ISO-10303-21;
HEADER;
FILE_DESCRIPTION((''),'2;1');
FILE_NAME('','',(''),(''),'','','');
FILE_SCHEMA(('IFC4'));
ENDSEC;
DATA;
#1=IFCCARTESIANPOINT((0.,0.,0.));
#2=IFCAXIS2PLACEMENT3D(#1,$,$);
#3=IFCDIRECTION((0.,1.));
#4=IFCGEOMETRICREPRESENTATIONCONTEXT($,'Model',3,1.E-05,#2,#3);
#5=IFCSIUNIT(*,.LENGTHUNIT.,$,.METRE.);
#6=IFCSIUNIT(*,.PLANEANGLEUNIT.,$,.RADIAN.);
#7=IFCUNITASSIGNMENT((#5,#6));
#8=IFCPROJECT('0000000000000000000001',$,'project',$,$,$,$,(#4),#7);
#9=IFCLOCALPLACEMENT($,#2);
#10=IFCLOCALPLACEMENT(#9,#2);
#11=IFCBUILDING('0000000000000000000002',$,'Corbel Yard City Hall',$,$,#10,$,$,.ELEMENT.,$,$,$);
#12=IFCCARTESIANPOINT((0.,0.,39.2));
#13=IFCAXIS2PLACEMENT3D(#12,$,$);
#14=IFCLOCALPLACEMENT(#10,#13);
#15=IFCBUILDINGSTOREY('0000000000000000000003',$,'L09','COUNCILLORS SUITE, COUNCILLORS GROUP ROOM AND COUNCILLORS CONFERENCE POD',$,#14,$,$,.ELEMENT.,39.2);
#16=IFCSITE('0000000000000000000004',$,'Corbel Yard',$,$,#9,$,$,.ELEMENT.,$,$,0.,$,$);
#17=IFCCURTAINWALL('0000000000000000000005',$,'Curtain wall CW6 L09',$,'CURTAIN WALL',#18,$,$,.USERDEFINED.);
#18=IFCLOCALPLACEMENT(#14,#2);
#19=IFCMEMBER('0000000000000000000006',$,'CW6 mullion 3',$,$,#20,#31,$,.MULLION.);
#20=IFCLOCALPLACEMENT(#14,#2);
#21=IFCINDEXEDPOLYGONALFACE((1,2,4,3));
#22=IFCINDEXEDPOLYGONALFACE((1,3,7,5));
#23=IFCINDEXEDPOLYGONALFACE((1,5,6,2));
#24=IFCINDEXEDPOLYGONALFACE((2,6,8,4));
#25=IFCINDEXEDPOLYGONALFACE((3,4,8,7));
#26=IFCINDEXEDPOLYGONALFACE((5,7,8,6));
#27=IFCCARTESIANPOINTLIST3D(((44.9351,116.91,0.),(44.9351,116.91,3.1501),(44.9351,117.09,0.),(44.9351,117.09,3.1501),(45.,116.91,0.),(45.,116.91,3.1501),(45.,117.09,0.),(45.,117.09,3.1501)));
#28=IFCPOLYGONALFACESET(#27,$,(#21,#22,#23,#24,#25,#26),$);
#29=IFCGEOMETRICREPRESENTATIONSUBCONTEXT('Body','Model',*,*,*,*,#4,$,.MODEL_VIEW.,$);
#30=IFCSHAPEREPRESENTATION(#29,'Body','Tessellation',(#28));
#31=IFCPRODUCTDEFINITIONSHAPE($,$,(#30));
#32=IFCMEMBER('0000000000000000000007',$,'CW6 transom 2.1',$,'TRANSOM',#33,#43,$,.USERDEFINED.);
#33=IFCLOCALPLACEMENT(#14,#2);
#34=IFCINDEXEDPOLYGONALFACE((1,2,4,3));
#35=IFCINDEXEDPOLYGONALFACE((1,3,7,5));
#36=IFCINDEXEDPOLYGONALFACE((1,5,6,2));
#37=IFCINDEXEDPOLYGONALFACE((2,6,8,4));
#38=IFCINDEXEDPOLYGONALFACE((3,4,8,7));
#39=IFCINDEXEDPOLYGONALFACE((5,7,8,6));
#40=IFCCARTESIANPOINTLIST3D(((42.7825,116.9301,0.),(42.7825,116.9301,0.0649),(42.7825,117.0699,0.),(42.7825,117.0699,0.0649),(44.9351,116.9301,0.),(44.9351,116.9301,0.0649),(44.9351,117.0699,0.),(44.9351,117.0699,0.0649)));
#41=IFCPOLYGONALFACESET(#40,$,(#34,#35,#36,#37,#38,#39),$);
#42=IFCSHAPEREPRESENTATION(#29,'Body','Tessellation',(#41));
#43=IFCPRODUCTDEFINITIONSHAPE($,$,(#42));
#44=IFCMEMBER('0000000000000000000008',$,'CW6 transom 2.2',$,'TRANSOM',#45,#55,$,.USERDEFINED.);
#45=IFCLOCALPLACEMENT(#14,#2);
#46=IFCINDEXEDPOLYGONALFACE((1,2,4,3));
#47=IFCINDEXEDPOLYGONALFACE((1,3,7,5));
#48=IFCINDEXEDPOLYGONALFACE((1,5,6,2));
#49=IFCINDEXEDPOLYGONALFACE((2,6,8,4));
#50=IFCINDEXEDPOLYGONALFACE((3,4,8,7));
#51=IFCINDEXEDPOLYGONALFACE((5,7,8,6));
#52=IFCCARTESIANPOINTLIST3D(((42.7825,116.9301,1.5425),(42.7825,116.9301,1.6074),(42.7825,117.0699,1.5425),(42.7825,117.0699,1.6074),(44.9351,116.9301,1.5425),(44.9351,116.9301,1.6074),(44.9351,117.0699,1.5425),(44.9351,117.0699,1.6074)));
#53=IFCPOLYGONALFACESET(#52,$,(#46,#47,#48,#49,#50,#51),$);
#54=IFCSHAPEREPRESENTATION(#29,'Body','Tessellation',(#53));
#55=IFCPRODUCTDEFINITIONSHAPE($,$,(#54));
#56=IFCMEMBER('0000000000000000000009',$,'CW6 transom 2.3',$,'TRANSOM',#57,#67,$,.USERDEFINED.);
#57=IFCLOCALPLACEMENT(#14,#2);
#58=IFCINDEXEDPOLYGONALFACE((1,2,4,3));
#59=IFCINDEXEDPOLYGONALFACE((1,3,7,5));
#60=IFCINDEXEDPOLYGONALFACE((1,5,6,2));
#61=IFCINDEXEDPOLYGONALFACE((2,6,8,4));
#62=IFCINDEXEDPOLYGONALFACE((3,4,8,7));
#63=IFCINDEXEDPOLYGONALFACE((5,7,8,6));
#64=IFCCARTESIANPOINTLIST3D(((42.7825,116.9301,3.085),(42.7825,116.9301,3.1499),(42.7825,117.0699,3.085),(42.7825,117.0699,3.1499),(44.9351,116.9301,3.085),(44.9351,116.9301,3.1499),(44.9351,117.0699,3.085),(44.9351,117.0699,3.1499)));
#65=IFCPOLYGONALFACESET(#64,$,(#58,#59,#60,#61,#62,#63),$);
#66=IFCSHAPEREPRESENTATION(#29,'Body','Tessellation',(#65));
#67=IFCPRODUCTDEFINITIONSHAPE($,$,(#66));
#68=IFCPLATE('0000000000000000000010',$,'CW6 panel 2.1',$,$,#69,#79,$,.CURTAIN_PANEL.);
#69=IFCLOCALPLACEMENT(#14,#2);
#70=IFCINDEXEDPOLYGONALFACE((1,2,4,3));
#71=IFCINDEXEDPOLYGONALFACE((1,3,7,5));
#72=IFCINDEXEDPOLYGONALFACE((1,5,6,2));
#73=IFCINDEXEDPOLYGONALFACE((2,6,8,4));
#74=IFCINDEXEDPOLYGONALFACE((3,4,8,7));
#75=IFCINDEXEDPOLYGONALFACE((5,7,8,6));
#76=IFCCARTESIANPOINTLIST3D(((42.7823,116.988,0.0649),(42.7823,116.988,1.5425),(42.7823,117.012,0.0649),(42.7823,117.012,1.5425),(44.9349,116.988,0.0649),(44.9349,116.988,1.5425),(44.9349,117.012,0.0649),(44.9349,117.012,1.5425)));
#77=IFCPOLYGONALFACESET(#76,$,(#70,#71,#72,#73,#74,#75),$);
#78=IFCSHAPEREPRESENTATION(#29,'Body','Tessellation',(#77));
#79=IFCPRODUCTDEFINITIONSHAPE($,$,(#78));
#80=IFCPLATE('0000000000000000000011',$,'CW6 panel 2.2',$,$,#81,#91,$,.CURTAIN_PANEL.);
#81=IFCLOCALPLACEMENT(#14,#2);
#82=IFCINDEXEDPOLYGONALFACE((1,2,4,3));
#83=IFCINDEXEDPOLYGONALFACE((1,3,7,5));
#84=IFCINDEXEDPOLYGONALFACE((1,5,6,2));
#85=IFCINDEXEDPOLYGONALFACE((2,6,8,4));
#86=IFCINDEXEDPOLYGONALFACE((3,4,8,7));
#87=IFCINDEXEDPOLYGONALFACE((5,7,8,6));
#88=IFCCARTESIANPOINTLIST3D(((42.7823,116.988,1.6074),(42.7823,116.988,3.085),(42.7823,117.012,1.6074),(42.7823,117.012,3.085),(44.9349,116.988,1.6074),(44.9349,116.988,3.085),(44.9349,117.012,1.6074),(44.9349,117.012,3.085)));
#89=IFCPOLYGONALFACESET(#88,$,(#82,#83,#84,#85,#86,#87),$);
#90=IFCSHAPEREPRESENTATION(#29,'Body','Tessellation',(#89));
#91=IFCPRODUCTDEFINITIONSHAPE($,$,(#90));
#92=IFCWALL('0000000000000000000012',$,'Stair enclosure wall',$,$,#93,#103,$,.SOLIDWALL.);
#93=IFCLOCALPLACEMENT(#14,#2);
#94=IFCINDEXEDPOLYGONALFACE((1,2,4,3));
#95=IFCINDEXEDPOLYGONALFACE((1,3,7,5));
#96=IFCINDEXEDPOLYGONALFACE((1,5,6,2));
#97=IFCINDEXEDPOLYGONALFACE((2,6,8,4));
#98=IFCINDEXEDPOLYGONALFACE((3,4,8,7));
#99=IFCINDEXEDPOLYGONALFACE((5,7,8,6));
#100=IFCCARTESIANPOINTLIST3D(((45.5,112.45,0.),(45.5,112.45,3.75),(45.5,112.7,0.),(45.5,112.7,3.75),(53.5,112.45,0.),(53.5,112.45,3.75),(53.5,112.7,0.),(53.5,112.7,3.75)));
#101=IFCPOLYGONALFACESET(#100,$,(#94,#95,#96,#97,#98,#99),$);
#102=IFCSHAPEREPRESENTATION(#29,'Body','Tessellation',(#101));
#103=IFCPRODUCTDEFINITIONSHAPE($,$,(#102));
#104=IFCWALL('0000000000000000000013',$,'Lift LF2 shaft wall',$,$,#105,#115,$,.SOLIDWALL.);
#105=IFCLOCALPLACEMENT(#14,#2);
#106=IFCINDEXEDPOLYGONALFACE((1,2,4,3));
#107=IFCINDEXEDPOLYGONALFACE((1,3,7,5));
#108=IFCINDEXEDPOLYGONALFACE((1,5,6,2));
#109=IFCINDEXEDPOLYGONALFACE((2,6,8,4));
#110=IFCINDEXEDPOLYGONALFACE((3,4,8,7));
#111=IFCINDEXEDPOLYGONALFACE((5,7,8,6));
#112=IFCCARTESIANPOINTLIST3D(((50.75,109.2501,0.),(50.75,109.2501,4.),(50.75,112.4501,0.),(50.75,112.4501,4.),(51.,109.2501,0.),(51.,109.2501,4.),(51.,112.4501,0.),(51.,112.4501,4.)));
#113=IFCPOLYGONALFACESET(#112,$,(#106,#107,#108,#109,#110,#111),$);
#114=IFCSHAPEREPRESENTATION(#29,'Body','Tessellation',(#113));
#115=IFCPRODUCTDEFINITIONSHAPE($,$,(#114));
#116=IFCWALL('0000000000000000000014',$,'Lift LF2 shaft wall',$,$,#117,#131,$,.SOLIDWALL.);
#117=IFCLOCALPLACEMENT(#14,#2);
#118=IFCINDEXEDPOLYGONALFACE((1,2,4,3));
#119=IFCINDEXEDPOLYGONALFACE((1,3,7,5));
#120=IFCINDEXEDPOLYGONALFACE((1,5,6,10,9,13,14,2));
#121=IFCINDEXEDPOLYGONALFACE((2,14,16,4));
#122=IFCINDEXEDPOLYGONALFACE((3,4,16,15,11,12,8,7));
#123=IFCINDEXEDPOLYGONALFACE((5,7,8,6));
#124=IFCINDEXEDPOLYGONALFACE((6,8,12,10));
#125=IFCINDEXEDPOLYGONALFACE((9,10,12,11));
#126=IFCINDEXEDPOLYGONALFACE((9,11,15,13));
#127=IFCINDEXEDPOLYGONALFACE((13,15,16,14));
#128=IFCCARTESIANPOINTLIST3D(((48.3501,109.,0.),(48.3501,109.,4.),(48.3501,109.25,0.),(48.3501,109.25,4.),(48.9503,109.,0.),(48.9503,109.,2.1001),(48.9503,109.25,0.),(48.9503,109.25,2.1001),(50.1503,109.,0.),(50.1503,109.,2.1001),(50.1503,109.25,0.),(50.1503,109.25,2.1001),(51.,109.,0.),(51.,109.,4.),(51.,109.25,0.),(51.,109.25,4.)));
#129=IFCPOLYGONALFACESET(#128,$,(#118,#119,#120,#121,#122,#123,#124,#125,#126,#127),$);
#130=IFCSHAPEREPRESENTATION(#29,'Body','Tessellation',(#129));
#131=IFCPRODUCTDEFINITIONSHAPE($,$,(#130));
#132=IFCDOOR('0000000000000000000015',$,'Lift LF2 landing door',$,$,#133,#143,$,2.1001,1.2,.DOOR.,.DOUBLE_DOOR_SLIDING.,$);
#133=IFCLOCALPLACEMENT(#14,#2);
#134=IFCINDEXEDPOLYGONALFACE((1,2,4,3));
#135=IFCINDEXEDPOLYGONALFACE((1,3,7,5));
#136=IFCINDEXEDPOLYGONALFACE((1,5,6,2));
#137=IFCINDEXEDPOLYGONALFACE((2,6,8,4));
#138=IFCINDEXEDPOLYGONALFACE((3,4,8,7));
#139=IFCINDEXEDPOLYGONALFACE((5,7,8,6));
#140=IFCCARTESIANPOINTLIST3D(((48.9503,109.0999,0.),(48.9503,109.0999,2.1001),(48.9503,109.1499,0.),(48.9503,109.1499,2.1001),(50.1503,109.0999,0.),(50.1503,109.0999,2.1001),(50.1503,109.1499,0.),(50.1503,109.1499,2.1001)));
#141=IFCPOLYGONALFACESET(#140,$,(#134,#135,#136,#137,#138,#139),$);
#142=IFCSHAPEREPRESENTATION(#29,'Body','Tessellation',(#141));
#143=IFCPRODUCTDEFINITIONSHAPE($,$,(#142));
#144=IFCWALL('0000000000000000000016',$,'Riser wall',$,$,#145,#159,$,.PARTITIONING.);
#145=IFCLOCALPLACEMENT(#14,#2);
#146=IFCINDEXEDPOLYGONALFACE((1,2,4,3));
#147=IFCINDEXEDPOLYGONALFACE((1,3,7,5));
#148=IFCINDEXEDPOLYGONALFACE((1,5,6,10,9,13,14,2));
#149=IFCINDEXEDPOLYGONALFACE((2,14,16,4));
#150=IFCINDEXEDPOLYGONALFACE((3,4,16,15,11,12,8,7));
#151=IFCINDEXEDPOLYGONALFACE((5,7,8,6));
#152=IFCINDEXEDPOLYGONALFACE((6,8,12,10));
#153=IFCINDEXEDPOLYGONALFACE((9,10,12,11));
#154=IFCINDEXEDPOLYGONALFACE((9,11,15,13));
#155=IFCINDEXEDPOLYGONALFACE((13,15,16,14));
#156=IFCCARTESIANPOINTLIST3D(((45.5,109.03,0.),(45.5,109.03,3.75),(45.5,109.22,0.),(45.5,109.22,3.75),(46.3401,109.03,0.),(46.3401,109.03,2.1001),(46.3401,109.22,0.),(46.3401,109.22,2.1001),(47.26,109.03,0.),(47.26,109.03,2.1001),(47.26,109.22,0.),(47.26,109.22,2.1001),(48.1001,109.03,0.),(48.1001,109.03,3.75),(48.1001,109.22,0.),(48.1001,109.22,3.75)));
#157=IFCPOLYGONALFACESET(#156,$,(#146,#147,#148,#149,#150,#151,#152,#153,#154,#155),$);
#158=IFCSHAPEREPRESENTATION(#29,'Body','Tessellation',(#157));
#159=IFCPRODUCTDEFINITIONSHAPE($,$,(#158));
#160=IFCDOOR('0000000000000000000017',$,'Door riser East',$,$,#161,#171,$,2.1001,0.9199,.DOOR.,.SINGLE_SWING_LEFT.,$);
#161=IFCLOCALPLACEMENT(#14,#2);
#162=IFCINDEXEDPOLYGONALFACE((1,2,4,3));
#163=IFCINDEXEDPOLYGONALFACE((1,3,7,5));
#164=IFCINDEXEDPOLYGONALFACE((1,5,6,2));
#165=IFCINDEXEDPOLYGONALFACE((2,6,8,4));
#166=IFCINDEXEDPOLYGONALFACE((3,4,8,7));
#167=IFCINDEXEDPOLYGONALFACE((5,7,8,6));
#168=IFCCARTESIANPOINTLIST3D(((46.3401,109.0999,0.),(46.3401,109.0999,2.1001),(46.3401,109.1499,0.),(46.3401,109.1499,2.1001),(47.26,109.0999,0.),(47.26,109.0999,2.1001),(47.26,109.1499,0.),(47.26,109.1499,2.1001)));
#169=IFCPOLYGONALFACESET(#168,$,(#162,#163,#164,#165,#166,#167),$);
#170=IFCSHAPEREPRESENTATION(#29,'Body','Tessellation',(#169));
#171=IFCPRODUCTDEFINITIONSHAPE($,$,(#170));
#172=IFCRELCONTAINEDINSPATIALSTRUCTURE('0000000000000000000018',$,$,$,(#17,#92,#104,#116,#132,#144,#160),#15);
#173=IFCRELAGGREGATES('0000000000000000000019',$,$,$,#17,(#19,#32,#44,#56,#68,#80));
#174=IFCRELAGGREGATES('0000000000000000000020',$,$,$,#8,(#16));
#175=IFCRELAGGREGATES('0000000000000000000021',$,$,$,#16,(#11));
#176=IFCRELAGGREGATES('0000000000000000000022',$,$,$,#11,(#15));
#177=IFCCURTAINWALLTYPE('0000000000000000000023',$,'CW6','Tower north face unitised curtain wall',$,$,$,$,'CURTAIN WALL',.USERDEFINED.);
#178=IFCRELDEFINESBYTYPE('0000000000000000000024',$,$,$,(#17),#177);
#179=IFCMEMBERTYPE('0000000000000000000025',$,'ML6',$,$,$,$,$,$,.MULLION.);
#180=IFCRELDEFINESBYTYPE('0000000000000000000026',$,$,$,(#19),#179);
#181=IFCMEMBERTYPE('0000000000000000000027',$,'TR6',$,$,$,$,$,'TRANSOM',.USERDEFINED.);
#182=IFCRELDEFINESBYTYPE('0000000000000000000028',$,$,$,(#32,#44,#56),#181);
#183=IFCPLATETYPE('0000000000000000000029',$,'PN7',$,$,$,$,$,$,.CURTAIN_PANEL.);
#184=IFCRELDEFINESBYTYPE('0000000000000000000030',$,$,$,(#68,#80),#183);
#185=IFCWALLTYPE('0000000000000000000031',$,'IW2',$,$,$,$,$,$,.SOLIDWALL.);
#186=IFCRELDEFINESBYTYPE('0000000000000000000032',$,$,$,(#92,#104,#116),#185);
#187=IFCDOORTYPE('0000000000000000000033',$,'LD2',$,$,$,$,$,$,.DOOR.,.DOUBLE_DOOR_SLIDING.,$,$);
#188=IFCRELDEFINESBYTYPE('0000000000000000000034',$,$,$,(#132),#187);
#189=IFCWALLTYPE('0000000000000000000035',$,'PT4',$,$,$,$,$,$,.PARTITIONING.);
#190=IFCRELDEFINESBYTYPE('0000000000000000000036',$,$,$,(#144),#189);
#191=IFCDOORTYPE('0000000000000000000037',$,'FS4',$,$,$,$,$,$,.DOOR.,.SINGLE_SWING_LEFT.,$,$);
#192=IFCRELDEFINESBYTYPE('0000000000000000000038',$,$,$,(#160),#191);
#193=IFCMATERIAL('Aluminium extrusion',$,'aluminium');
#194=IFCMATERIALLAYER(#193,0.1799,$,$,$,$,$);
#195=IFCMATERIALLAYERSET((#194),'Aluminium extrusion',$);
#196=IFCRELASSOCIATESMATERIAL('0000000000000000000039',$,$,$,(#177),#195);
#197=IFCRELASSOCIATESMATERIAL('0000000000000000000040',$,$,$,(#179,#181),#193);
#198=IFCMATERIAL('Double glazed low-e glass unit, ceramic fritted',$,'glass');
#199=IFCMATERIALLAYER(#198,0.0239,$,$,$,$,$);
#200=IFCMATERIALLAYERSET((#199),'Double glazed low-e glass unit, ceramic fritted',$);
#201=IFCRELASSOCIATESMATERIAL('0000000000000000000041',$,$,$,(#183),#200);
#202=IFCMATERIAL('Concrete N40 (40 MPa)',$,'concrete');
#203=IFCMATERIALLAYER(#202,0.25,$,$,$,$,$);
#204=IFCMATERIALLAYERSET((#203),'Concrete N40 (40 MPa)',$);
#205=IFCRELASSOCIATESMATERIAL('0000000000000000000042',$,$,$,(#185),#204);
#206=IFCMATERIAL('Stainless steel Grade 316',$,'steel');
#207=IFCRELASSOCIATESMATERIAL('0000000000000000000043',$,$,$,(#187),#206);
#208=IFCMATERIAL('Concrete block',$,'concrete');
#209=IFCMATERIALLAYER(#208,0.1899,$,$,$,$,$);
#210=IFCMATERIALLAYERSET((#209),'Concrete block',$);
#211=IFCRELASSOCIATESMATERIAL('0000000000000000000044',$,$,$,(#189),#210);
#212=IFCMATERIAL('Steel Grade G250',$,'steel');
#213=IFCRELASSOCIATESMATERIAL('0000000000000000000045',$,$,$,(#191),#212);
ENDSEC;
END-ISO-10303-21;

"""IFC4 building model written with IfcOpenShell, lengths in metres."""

from ifc_helpers import new_model, si_unit, direction, frame, frame_2d, origin, origin_2d, place, context, subcontext, project, spatial, rectangle, extrude, material, layer, layer_set, material_profile, profile_set, type_object, element, fill, aggregate, save


model = new_model("IFC4")

# Units and contexts
model_context = context("Model", 3, precision=1e-05, world=origin(), true_north=direction((0.0, 1.0)))
body_context = subcontext(model_context, "Body", "Model", "MODEL_VIEW")
ifc_project = project(units=[si_unit("LENGTHUNIT", "METRE"), si_unit("PLANEANGLEUNIT", "RADIAN")], contexts=[model_context])

# Site, building, storey
site_placement = place(None, origin())
site = spatial("IfcSite", under=ifc_project, at=site_placement, Name="Corbel Yard", CompositionType="ELEMENT", RefElevation=0.0)
building_placement = place(site_placement, origin())
building = spatial("IfcBuilding", under=site, at=building_placement, Name="Corbel Yard City Hall", CompositionType="ELEMENT")
storey_placement = place(building_placement, frame((0.0, 0.0, 39.2)))
storey = spatial("IfcBuildingStorey", under=building, at=storey_placement, Name="L09", Description="COUNCILLORS SUITE, COUNCILLORS GROUP ROOM AND COUNCILLORS CONFERENCE POD", CompositionType="ELEMENT", Elevation=39.2)

# Curtain wall, members, plates
ifc_material_1 = material(Name="Aluminium extrusion", Category="aluminium")
ifc_layer_1 = layer(ifc_material_1, 0.1799)
ifc_layer_set_1 = layer_set([ifc_layer_1], Name="Aluminium extrusion")
curtain_wall_type = type_object("IfcCurtainWallType", Name="CW6", Description="Tower north face unitised curtain wall", ElementType="CURTAIN WALL", PredefinedType="USERDEFINED", material=ifc_layer_set_1)
curtain_wall_placement = place(storey_placement, origin())
curtain_wall = element("IfcCurtainWall", 1, at=curtain_wall_placement, inside=storey, type_object=curtain_wall_type, Name="Curtain wall CW6 L09", ObjectType="CURTAIN WALL", PredefinedType="USERDEFINED")
ifc_material_profile_1 = material_profile(ifc_material_1, rectangle(XDim=0.1799, YDim=0.0649, at=origin_2d()), Name="180x65")
ifc_profile_set_1 = profile_set([ifc_material_profile_1], Name="Aluminium extrusion")
member_type_1 = type_object("IfcMemberType", Name="ML6", PredefinedType="MULLION", material=ifc_profile_set_1)
member_1_placement = place(storey_placement, frame((44.9675, 117.0, 0.0), z_axis=(0.0, 0.0, 1.0), x_axis=(0.0, 1.0, 0.0)))
member_1 = element("IfcMember", 2, at=member_1_placement, type_object=member_type_1, Name="CW6 mullion 3", PredefinedType="MULLION", context=body_context, shape_type="SweptSolid", body=[
    extrude(rectangle(XDim=0.1799, YDim=0.0649, at=origin_2d()), origin(), (0.0, 0.0, 1.0), 3.1501),
])
ifc_material_profile_2 = material_profile(ifc_material_1, rectangle(XDim=0.1399, YDim=0.0649, at=origin_2d()), Name="140x65")
ifc_profile_set_2 = profile_set([ifc_material_profile_2], Name="Aluminium extrusion")
member_type_2 = type_object("IfcMemberType", Name="TR6", ElementType="TRANSOM", PredefinedType="USERDEFINED", material=ifc_profile_set_2)
member_2_placement = place(storey_placement, frame((42.7825, 117.0, 0.0325), z_axis=(1.0, 0.0, 0.0), x_axis=(0.0, 1.0, 0.0)))
member_2 = element("IfcMember", 3, at=member_2_placement, type_object=member_type_2, Name="CW6 transom 2.1", ObjectType="TRANSOM", PredefinedType="USERDEFINED", context=body_context, shape_type="SweptSolid", body=[
    extrude(rectangle(XDim=0.1399, YDim=0.0649, at=origin_2d()), origin(), (0.0, 0.0, 1.0), 2.1526),
])
member_3_placement = place(storey_placement, frame((42.7825, 117.0, 1.575), z_axis=(1.0, 0.0, 0.0), x_axis=(0.0, 1.0, 0.0)))
member_3 = element("IfcMember", 4, at=member_3_placement, type_object=member_type_2, Name="CW6 transom 2.2", ObjectType="TRANSOM", PredefinedType="USERDEFINED", context=body_context, shape_type="SweptSolid", body=[
    extrude(rectangle(XDim=0.1399, YDim=0.0649, at=origin_2d()), origin(), (0.0, 0.0, 1.0), 2.1526),
])
member_4_placement = place(storey_placement, frame((42.7825, 117.0, 3.1174), z_axis=(1.0, 0.0, 0.0), x_axis=(0.0, 1.0, 0.0)))
member_4 = element("IfcMember", 5, at=member_4_placement, type_object=member_type_2, Name="CW6 transom 2.3", ObjectType="TRANSOM", PredefinedType="USERDEFINED", context=body_context, shape_type="SweptSolid", body=[
    extrude(rectangle(XDim=0.1399, YDim=0.0649, at=origin_2d()), origin(), (0.0, 0.0, 1.0), 2.1526),
])
ifc_material_2 = material(Name="Double glazed low-e glass unit, ceramic fritted", Category="glass")
ifc_layer_2 = layer(ifc_material_2, 0.0239)
ifc_layer_set_2 = layer_set([ifc_layer_2], Name="Double glazed low-e glass unit, ceramic fritted")
plate_type = type_object("IfcPlateType", Name="PN7", PredefinedType="CURTAIN_PANEL", material=ifc_layer_set_2)
plate_1_placement = place(storey_placement, frame((43.8586, 117.0, 0.0649), z_axis=(0.0, 0.0, 1.0), x_axis=(1.0, 0.0, 0.0)))
plate_1 = element("IfcPlate", 6, at=plate_1_placement, type_object=plate_type, Name="CW6 panel 2.1", PredefinedType="CURTAIN_PANEL", context=body_context, shape_type="SweptSolid", body=[
    extrude(rectangle(XDim=2.1526, YDim=0.0239, at=origin_2d()), origin(), (0.0, 0.0, 1.0), 1.4775),
])
plate_2_placement = place(storey_placement, frame((43.8586, 117.0, 1.6074), z_axis=(0.0, 0.0, 1.0), x_axis=(1.0, 0.0, 0.0)))
plate_2 = element("IfcPlate", 7, at=plate_2_placement, type_object=plate_type, Name="CW6 panel 2.2", PredefinedType="CURTAIN_PANEL", context=body_context, shape_type="SweptSolid", body=[
    extrude(rectangle(XDim=2.1526, YDim=0.0239, at=origin_2d()), origin(), (0.0, 0.0, 1.0), 1.4775),
])
aggregate(curtain_wall, [member_1, member_2, member_3, member_4, plate_1, plate_2])

# Walls
ifc_material_3 = material(Name="Concrete N40 (40 MPa)", Category="concrete")
ifc_layer_3 = layer(ifc_material_3, 0.25)
ifc_layer_set_3 = layer_set([ifc_layer_3], Name="Concrete N40 (40 MPa)")
wall_type_1 = type_object("IfcWallType", Name="IW2", PredefinedType="SOLIDWALL", material=ifc_layer_set_3)
wall_1_placement = place(storey_placement, frame((45.5, 112.575, 0.0), z_axis=(0.0, 0.0, 1.0), x_axis=(1.0, 0.0, 0.0)))
element("IfcWall", 8, at=wall_1_placement, inside=storey, type_object=wall_type_1, Name="Stair enclosure wall", PredefinedType="SOLIDWALL", context=body_context, shape_type="SweptSolid", body=[
    extrude(rectangle(XDim=8.0, YDim=0.25, at=frame_2d((4.0, 0.0))), origin(), (0.0, 0.0, 1.0), 3.75),
])
wall_2_placement = place(storey_placement, frame((50.875, 109.25, 0.0), z_axis=(0.0, 0.0, 1.0), x_axis=(0.0, 1.0, 0.0)))
element("IfcWall", 9, at=wall_2_placement, inside=storey, type_object=wall_type_1, Name="Lift LF2 shaft wall", PredefinedType="SOLIDWALL", context=body_context, shape_type="SweptSolid", body=[
    extrude(rectangle(XDim=3.2, YDim=0.25, at=frame_2d((1.6001, 0.0))), origin(), (0.0, 0.0, 1.0), 4.0),
])

# Walls, openings, doors
wall_3_placement = place(storey_placement, frame((48.3501, 109.125, 0.0), z_axis=(0.0, 0.0, 1.0), x_axis=(1.0, 0.0, 0.0)))
wall_3 = element("IfcWall", 10, at=wall_3_placement, inside=storey, type_object=wall_type_1, Name="Lift LF2 shaft wall", PredefinedType="SOLIDWALL", context=body_context, shape_type="SweptSolid", body=[
    extrude(rectangle(XDim=2.6499, YDim=0.25, at=frame_2d((1.325, 0.0))), origin(), (0.0, 0.0, 1.0), 4.0),
])
opening_1_placement = place(wall_3_placement, frame((0.6001, 0.0, 0.0)))
opening_1 = element("IfcOpeningElement", 11, at=opening_1_placement, cuts=wall_3, PredefinedType="OPENING", context=body_context, shape_type="SweptSolid", body=[
    extrude(rectangle(XDim=1.2, YDim=2.1001, at=frame_2d((0.6001, 1.05))), frame((0.0, 0.135, 0.0), z_axis=(0.0, -1.0, 0.0), x_axis=(1.0, 0.0, 0.0)), (0.0, 0.0, 1.0), 0.27),
])
ifc_material_4 = material(Name="Stainless steel Grade 316", Category="steel")
door_type_1 = type_object("IfcDoorType", Name="LD2", OperationType="DOUBLE_DOOR_SLIDING", PredefinedType="DOOR", material=ifc_material_4)
door_1_placement = place(opening_1_placement, origin())
door_1 = element("IfcDoor", 12, at=door_1_placement, inside=storey, type_object=door_type_1, Name="Lift LF2 landing door", OperationType="DOUBLE_DOOR_SLIDING", OverallHeight=2.1001, OverallWidth=1.2, PredefinedType="DOOR", context=body_context, shape_type="SweptSolid", body=[
    extrude(rectangle(XDim=1.2, YDim=2.1001, at=frame_2d((0.6001, 1.05))), frame((0.0, 0.0249, 0.0), z_axis=(0.0, -1.0, 0.0), x_axis=(1.0, 0.0, 0.0)), (0.0, 0.0, 1.0), 0.05),
])
fill(opening_1, door_1)
ifc_material_5 = material(Name="Concrete block", Category="concrete")
ifc_layer_4 = layer(ifc_material_5, 0.1899)
ifc_layer_set_4 = layer_set([ifc_layer_4], Name="Concrete block")
wall_type_2 = type_object("IfcWallType", Name="PT4", PredefinedType="PARTITIONING", material=ifc_layer_set_4)
wall_4_placement = place(storey_placement, frame((45.5, 109.125, 0.0), z_axis=(0.0, 0.0, 1.0), x_axis=(1.0, 0.0, 0.0)))
wall_4 = element("IfcWall", 13, at=wall_4_placement, inside=storey, type_object=wall_type_2, Name="Riser wall", PredefinedType="PARTITIONING", context=body_context, shape_type="SweptSolid", body=[
    extrude(rectangle(XDim=2.6001, YDim=0.1899, at=frame_2d((1.3, 0.0))), origin(), (0.0, 0.0, 1.0), 3.75),
])
opening_2_placement = place(wall_4_placement, frame((0.8401, 0.0, 0.0)))
opening_2 = element("IfcOpeningElement", 14, at=opening_2_placement, cuts=wall_4, PredefinedType="OPENING", context=body_context, shape_type="SweptSolid", body=[
    extrude(rectangle(XDim=0.9199, YDim=2.1001, at=frame_2d((0.46, 1.05))), frame((0.0, 0.105, 0.0), z_axis=(0.0, -1.0, 0.0), x_axis=(1.0, 0.0, 0.0)), (0.0, 0.0, 1.0), 0.21),
])
ifc_material_6 = material(Name="Steel Grade G250", Category="steel")
door_type_2 = type_object("IfcDoorType", Name="FS4", OperationType="SINGLE_SWING_LEFT", PredefinedType="DOOR", material=ifc_material_6)
door_2_placement = place(opening_2_placement, origin())
door_2 = element("IfcDoor", 15, at=door_2_placement, inside=storey, type_object=door_type_2, Name="Door riser East", OperationType="SINGLE_SWING_LEFT", OverallHeight=2.1001, OverallWidth=0.9199, PredefinedType="DOOR", context=body_context, shape_type="SweptSolid", body=[
    extrude(rectangle(XDim=0.9199, YDim=2.1001, at=frame_2d((0.46, 1.05))), frame((0.0, 0.0249, 0.0), z_axis=(0.0, -1.0, 0.0), x_axis=(1.0, 0.0, 0.0)), (0.0, 0.0, 1.0), 0.05),
])
fill(opening_2, door_2)

save(model, "model.ifc")
